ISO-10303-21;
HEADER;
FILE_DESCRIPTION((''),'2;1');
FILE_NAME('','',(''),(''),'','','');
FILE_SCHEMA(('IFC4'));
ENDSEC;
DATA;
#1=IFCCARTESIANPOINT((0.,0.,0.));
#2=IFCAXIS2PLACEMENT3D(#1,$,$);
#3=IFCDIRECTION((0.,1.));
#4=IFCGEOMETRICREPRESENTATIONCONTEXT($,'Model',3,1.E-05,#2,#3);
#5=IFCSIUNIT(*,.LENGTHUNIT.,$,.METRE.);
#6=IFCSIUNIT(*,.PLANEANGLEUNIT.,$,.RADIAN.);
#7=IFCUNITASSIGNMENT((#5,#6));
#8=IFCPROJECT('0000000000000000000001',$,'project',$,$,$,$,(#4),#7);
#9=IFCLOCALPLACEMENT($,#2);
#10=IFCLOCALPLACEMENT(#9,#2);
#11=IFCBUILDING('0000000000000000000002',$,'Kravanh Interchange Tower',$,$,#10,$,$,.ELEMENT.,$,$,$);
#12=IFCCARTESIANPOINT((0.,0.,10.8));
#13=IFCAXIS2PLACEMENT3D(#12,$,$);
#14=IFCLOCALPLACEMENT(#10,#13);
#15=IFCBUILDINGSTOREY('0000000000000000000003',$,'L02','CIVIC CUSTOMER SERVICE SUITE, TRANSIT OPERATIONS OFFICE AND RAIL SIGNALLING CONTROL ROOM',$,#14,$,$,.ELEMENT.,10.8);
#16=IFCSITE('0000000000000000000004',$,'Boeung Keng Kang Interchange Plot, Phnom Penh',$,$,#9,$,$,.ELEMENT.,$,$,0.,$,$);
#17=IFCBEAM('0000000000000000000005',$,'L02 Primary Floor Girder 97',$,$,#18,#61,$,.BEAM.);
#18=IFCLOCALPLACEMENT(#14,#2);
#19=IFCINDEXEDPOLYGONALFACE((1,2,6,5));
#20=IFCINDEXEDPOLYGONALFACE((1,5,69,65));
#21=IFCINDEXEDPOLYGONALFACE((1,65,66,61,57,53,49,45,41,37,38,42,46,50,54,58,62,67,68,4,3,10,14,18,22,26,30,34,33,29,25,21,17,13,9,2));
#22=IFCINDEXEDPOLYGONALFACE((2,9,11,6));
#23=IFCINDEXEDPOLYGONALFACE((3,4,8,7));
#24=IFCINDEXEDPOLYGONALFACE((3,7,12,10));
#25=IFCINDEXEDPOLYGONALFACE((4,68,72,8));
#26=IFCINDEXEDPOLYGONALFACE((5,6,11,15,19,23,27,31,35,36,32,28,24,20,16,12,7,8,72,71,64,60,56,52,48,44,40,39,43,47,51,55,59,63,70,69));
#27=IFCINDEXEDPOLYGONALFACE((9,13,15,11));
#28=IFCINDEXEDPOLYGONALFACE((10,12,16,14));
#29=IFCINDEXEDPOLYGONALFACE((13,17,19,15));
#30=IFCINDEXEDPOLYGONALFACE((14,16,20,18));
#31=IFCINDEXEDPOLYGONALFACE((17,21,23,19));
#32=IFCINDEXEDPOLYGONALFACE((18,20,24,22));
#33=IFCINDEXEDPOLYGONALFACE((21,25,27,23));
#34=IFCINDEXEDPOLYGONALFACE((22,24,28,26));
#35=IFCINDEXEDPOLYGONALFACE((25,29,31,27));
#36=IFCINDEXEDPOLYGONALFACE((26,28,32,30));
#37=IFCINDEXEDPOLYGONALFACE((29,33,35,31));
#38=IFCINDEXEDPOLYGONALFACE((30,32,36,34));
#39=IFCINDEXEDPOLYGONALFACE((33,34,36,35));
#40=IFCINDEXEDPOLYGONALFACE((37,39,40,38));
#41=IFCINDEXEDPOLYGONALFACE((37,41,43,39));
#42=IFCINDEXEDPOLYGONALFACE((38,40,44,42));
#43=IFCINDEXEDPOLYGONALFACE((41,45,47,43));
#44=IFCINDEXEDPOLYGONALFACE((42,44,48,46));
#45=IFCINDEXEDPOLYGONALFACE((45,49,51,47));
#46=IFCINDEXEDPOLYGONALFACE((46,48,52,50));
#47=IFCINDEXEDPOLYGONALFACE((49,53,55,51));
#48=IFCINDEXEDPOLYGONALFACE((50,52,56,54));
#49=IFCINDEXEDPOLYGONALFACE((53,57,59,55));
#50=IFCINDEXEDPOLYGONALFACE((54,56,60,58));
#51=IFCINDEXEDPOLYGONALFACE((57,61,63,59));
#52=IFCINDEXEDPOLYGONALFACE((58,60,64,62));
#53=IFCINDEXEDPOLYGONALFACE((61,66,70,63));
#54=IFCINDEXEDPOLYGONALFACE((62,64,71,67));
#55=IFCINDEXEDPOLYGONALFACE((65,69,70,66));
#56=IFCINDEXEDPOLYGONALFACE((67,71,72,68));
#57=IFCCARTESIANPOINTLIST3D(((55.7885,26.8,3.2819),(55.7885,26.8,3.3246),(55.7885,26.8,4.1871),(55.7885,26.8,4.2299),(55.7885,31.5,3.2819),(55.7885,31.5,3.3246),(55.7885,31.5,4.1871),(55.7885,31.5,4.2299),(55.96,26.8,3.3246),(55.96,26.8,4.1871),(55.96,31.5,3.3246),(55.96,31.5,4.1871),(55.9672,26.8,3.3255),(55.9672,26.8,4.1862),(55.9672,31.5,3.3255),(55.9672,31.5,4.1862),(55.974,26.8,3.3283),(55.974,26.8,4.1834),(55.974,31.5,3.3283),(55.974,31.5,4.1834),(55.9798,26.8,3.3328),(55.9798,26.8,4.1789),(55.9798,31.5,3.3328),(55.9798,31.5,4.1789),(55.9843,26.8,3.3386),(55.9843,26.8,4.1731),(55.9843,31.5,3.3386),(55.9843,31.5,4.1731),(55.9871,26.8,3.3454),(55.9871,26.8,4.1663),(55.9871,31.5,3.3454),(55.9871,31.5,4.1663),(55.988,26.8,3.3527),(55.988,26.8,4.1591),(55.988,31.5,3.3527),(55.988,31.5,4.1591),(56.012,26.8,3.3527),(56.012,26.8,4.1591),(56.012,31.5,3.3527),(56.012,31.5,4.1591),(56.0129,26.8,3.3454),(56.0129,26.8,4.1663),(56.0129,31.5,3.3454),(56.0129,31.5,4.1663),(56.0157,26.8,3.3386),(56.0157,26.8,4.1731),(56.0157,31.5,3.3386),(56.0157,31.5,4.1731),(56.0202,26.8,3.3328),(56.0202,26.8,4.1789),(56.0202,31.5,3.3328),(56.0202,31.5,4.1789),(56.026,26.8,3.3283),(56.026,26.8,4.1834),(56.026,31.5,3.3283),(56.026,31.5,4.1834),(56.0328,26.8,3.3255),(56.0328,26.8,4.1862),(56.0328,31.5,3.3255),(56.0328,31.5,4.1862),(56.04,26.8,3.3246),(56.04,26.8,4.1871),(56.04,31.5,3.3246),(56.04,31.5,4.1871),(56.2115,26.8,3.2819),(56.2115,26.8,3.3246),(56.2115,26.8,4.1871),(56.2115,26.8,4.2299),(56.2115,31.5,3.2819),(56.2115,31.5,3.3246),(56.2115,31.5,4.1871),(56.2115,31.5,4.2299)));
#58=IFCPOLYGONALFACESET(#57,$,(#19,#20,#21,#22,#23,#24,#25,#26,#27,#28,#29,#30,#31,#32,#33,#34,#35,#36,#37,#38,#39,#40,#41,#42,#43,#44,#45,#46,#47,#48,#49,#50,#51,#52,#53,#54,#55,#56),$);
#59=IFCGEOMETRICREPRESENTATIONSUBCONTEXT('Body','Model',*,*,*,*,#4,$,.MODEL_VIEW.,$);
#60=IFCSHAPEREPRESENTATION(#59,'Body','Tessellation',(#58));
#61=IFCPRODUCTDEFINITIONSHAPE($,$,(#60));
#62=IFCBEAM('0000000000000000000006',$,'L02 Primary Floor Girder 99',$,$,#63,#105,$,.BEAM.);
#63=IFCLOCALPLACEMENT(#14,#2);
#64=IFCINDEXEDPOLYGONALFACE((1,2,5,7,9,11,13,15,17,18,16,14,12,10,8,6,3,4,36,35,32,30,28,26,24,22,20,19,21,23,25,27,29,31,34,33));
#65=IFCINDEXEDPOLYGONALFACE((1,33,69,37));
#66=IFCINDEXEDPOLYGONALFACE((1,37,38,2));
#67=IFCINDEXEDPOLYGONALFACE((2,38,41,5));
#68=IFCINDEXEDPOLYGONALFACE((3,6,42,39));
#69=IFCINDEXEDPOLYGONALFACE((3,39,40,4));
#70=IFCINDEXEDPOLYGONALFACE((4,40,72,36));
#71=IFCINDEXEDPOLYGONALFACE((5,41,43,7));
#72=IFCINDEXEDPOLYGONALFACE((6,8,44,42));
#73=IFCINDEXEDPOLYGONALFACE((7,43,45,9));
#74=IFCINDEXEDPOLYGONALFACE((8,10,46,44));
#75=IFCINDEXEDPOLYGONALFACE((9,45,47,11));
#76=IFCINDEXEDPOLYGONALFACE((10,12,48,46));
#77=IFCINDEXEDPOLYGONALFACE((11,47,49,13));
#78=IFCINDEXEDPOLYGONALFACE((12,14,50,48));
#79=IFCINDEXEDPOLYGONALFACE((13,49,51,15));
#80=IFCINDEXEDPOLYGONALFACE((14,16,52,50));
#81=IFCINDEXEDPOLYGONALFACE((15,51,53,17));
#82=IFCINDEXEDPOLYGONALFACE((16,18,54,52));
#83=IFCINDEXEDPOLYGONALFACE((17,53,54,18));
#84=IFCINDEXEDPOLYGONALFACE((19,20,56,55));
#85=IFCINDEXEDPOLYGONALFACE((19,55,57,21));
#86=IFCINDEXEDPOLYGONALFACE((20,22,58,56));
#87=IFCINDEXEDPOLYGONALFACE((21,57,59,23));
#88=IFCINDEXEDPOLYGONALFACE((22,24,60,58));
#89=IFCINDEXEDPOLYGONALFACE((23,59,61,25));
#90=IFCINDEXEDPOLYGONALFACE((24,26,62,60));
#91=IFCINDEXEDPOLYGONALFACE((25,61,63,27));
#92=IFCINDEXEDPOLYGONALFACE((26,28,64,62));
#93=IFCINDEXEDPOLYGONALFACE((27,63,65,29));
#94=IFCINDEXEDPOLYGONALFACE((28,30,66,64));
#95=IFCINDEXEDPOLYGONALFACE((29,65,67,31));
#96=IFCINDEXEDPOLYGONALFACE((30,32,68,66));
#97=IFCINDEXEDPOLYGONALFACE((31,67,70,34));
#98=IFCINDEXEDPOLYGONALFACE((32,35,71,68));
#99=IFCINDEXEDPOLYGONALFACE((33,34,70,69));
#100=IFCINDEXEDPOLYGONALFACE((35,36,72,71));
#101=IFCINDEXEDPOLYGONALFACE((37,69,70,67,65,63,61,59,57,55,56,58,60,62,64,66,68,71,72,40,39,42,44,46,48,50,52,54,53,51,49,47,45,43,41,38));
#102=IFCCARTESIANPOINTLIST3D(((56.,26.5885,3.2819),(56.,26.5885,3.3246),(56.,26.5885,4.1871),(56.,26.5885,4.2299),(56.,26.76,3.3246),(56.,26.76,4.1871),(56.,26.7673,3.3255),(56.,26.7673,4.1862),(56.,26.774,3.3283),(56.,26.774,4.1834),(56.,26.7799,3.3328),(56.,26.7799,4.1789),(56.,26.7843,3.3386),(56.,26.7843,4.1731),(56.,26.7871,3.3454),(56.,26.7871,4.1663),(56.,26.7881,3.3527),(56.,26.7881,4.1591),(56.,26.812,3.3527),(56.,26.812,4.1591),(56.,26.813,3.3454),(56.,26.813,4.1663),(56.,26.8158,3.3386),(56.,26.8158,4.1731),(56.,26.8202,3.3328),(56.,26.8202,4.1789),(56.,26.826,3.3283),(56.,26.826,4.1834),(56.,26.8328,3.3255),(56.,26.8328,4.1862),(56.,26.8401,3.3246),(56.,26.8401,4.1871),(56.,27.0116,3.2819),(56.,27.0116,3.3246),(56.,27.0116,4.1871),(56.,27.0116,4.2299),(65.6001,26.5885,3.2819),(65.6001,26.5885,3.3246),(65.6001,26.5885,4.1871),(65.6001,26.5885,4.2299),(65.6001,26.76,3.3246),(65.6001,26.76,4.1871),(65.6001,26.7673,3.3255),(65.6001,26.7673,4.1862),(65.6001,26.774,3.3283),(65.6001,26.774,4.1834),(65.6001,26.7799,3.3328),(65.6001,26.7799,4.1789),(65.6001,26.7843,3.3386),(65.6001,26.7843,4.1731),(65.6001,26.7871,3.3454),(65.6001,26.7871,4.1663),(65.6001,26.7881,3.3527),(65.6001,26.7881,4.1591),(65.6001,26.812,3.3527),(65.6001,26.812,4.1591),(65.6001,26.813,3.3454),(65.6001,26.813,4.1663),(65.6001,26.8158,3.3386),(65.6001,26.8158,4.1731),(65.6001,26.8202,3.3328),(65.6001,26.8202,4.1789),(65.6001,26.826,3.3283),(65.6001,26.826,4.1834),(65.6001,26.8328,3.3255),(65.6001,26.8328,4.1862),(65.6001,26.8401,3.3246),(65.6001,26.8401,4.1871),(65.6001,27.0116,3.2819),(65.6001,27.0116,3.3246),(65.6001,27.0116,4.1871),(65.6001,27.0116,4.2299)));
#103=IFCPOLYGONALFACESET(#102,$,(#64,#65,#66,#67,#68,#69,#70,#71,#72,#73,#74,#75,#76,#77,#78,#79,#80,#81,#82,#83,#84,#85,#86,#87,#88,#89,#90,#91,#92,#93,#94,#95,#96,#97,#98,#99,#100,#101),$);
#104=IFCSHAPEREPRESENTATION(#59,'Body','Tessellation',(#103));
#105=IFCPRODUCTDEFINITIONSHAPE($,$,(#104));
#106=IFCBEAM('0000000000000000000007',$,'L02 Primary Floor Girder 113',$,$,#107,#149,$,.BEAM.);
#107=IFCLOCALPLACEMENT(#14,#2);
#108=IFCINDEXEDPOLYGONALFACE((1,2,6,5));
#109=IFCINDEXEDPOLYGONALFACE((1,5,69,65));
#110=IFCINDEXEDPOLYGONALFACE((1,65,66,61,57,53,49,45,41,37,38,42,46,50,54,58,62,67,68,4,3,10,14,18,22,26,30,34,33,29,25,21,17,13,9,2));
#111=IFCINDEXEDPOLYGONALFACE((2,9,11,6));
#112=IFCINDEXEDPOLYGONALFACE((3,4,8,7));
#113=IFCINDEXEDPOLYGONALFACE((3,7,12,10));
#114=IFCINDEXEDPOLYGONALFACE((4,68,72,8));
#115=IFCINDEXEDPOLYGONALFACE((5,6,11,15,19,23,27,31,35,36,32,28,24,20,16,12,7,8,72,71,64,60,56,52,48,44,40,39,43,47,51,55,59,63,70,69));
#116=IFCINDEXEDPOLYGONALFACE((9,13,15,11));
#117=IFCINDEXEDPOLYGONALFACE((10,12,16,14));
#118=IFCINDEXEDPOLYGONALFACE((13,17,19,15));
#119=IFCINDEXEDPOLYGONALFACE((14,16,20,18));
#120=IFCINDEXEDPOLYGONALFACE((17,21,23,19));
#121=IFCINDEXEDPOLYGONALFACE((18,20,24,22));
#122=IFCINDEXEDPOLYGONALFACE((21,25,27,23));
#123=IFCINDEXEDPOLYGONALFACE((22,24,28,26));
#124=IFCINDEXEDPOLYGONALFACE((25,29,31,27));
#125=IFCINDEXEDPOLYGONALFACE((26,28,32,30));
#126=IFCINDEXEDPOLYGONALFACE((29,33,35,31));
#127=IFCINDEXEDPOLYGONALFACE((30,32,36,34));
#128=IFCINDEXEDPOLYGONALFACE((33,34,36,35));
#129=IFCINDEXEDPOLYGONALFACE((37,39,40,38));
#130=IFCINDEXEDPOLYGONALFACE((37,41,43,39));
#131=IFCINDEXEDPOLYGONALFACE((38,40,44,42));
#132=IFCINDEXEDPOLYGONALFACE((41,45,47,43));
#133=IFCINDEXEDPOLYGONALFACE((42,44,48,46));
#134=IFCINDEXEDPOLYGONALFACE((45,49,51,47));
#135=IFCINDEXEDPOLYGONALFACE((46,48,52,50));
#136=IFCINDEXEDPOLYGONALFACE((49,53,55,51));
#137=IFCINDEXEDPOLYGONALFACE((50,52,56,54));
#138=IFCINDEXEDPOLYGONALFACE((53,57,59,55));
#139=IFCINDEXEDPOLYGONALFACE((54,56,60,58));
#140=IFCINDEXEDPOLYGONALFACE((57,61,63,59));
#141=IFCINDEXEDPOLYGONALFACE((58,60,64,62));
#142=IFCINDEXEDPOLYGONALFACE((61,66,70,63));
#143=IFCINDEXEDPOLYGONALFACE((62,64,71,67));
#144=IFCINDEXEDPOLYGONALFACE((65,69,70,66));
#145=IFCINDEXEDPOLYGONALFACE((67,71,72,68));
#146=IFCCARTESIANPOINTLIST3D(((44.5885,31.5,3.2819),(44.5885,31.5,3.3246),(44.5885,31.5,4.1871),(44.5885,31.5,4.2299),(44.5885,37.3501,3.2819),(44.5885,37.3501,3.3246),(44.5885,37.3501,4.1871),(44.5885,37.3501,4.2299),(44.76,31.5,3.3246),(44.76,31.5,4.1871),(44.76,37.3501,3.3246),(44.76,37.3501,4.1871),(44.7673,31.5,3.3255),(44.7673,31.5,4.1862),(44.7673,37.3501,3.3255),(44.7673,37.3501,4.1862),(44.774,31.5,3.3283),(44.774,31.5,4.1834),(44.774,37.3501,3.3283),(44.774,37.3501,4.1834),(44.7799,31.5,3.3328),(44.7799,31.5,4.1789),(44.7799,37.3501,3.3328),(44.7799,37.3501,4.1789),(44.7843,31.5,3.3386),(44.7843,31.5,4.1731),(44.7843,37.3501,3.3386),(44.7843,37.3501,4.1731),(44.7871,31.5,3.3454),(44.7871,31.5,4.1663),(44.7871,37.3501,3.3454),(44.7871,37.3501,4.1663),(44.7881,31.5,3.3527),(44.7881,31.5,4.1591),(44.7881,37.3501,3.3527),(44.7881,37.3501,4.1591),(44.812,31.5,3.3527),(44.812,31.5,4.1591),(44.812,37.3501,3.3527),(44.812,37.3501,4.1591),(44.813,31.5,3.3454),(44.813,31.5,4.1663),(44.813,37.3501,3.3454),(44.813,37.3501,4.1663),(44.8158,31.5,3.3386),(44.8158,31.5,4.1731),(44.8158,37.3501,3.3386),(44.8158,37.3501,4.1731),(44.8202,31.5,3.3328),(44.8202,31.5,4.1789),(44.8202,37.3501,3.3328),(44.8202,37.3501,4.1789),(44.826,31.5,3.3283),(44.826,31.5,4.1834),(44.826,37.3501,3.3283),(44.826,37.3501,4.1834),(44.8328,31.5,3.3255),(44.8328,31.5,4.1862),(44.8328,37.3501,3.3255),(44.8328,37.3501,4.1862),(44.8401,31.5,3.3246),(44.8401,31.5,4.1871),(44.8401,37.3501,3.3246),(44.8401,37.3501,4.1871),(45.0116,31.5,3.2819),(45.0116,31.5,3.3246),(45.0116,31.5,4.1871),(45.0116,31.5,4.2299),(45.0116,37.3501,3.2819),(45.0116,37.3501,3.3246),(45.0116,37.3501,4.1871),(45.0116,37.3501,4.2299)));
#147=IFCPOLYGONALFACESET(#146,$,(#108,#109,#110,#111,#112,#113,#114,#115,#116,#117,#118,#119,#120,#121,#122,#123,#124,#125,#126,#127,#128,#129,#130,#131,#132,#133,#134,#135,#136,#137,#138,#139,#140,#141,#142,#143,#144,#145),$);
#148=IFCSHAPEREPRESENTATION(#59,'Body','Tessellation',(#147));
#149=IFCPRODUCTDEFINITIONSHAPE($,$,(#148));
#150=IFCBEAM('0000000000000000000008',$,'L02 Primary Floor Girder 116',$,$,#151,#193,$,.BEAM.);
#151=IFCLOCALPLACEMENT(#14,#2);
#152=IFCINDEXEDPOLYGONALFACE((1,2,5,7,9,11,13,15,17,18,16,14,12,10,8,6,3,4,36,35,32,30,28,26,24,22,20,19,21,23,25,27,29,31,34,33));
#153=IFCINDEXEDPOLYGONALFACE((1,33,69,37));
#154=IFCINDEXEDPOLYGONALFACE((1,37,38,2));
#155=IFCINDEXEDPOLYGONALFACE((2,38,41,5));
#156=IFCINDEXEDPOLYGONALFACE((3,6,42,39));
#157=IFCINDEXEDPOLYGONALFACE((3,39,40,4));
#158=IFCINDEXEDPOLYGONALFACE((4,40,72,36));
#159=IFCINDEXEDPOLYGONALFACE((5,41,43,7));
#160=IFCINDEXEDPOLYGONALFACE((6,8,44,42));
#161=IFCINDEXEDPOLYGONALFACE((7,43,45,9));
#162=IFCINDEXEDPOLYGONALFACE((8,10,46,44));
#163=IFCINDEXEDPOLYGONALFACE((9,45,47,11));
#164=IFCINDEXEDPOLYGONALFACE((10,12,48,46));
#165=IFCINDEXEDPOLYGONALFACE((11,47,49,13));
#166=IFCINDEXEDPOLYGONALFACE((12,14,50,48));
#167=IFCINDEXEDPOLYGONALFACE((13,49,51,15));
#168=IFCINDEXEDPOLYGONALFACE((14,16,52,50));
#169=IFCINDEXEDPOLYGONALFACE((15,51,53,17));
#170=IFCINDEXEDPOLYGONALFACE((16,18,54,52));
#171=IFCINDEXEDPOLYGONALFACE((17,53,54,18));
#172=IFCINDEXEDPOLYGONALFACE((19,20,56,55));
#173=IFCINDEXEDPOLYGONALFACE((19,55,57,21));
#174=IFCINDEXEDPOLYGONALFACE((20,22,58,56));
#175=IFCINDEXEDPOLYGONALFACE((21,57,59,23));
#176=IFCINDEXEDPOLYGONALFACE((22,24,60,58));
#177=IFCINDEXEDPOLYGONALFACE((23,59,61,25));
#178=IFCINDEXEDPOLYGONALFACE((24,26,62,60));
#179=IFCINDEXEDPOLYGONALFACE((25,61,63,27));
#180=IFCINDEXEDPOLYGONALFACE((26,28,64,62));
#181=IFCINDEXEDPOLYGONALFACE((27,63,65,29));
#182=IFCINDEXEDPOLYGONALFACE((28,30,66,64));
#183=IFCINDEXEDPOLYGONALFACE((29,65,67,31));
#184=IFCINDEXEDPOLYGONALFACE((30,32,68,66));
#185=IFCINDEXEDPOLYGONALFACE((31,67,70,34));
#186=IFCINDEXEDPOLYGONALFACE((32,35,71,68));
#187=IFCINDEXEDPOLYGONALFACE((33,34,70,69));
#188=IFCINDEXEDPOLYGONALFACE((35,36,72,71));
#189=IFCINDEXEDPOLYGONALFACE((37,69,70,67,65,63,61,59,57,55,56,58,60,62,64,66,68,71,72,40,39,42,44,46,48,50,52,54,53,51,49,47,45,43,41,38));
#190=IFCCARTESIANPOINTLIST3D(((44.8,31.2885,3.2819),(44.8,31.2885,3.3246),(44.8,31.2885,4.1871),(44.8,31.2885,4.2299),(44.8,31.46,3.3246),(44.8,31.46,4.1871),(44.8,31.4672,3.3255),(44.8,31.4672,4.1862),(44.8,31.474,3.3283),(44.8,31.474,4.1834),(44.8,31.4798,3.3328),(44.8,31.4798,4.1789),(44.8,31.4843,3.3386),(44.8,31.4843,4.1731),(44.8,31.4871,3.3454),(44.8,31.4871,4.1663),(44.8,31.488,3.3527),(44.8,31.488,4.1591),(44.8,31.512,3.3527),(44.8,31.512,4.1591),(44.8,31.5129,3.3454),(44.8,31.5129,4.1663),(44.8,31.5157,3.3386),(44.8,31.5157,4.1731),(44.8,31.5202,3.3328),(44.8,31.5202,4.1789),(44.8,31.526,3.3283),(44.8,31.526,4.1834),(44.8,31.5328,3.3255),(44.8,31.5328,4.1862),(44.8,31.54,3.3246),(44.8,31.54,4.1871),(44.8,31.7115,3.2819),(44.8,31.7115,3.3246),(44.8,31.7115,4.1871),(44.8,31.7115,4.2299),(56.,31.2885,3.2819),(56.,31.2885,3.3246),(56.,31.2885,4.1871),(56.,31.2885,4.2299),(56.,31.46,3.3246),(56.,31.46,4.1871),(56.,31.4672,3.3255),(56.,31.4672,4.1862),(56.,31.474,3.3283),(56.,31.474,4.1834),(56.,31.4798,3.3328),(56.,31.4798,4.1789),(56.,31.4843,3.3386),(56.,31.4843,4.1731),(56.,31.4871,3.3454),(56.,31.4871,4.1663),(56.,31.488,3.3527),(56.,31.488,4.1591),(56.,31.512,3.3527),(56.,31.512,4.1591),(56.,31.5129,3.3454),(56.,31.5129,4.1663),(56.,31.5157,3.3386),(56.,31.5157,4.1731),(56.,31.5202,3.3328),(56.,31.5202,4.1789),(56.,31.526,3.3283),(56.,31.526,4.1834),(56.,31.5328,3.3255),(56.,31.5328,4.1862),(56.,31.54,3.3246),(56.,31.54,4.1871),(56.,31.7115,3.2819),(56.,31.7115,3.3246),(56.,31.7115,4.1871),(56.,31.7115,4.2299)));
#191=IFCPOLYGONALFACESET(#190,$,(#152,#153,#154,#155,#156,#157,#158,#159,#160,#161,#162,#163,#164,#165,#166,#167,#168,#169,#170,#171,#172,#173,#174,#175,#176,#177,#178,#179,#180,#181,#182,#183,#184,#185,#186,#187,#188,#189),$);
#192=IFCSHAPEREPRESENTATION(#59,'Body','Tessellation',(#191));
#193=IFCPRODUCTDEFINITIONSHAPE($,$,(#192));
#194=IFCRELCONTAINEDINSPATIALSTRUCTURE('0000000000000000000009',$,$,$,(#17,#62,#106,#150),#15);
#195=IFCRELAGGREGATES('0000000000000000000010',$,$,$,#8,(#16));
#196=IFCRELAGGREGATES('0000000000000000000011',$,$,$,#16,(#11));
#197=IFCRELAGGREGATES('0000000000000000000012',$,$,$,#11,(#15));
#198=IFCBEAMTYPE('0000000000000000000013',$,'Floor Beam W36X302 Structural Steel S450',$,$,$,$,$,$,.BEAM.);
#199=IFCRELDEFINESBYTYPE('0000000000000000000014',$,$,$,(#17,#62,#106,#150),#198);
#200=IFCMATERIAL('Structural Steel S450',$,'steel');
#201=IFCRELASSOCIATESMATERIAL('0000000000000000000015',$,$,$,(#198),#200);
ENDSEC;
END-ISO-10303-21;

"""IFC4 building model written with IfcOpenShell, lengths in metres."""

from ifc_helpers import new_model, si_unit, direction, frame, origin, origin_2d, place, context, subcontext, project, spatial, i_section, extrude, material, material_profile, profile_set, type_object, element, save


model = new_model("IFC4")

# Units and contexts
model_context = context("Model", 3, precision=1e-05, world=origin(), true_north=direction((0.0, 1.0)))
body_context = subcontext(model_context, "Body", "Model", "MODEL_VIEW")
ifc_project = project(units=[si_unit("LENGTHUNIT", "METRE"), si_unit("PLANEANGLEUNIT", "RADIAN")], contexts=[model_context])

# Site, building, storey
site_placement = place(None, origin())
site = spatial("IfcSite", under=ifc_project, at=site_placement, Name="Boeung Keng Kang Interchange Plot, Phnom Penh", CompositionType="ELEMENT", RefElevation=0.0)
building_placement = place(site_placement, origin())
building = spatial("IfcBuilding", under=site, at=building_placement, Name="Kravanh Interchange Tower", CompositionType="ELEMENT")
storey_placement = place(building_placement, frame((0.0, 0.0, 10.8)))
storey = spatial("IfcBuildingStorey", under=building, at=storey_placement, Name="L02", Description="CIVIC CUSTOMER SERVICE SUITE, TRANSIT OPERATIONS OFFICE AND RAIL SIGNALLING CONTROL ROOM", CompositionType="ELEMENT", Elevation=10.8)

# Beams
ifc_material_1 = material(Name="Structural Steel S450", Category="steel")
ifc_material_profile_1 = material_profile(ifc_material_1, i_section(OverallWidth=0.4231, OverallDepth=0.948, WebThickness=0.0239, FlangeThickness=0.0427, FilletRadius=0.0281, at=origin_2d()), Name="W36X302")
ifc_profile_set_1 = profile_set([ifc_material_profile_1], Name="Structural Steel S450")
beam_type_1 = type_object("IfcBeamType", Name="Floor Beam W36X302 Structural Steel S450", PredefinedType="BEAM", material=ifc_profile_set_1)
beam_1_placement = place(storey_placement, frame((56.0, 26.8, 3.7559), z_axis=(0.0, 1.0, 0.0), x_axis=(-1.0, 0.0, 0.0)))
element("IfcBeam", 1, at=beam_1_placement, inside=storey, type_object=beam_type_1, Name="L02 Primary Floor Girder 97", PredefinedType="BEAM", context=body_context, shape_type="SweptSolid", body=[
    extrude(i_section(OverallWidth=0.4231, OverallDepth=0.948, WebThickness=0.0239, FlangeThickness=0.0427, FilletRadius=0.0281, at=origin_2d()), origin(), (0.0, 0.0, 1.0), 4.7),
])
beam_2_placement = place(storey_placement, frame((56.0, 26.8, 3.7559), z_axis=(1.0, 0.0, 0.0), x_axis=(0.0, 1.0, 0.0)))
element("IfcBeam", 2, at=beam_2_placement, inside=storey, type_object=beam_type_1, Name="L02 Primary Floor Girder 99", PredefinedType="BEAM", context=body_context, shape_type="SweptSolid", body=[
    extrude(i_section(OverallWidth=0.4231, OverallDepth=0.948, WebThickness=0.0239, FlangeThickness=0.0427, FilletRadius=0.0281, at=origin_2d()), origin(), (0.0, 0.0, 1.0), 9.6001),
])
beam_3_placement = place(storey_placement, frame((44.8, 31.5, 3.7559), z_axis=(0.0, 1.0, 0.0), x_axis=(-1.0, 0.0, 0.0)))
element("IfcBeam", 3, at=beam_3_placement, inside=storey, type_object=beam_type_1, Name="L02 Primary Floor Girder 113", PredefinedType="BEAM", context=body_context, shape_type="SweptSolid", body=[
    extrude(i_section(OverallWidth=0.4231, OverallDepth=0.948, WebThickness=0.0239, FlangeThickness=0.0427, FilletRadius=0.0281, at=origin_2d()), origin(), (0.0, 0.0, 1.0), 5.8501),
])
beam_4_placement = place(storey_placement, frame((44.8, 31.5, 3.7559), z_axis=(1.0, 0.0, 0.0), x_axis=(0.0, 1.0, 0.0)))
element("IfcBeam", 4, at=beam_4_placement, inside=storey, type_object=beam_type_1, Name="L02 Primary Floor Girder 116", PredefinedType="BEAM", context=body_context, shape_type="SweptSolid", body=[
    extrude(i_section(OverallWidth=0.4231, OverallDepth=0.948, WebThickness=0.0239, FlangeThickness=0.0427, FilletRadius=0.0281, at=origin_2d()), origin(), (0.0, 0.0, 1.0), 11.2),
])

save(model, "model.ifc")
